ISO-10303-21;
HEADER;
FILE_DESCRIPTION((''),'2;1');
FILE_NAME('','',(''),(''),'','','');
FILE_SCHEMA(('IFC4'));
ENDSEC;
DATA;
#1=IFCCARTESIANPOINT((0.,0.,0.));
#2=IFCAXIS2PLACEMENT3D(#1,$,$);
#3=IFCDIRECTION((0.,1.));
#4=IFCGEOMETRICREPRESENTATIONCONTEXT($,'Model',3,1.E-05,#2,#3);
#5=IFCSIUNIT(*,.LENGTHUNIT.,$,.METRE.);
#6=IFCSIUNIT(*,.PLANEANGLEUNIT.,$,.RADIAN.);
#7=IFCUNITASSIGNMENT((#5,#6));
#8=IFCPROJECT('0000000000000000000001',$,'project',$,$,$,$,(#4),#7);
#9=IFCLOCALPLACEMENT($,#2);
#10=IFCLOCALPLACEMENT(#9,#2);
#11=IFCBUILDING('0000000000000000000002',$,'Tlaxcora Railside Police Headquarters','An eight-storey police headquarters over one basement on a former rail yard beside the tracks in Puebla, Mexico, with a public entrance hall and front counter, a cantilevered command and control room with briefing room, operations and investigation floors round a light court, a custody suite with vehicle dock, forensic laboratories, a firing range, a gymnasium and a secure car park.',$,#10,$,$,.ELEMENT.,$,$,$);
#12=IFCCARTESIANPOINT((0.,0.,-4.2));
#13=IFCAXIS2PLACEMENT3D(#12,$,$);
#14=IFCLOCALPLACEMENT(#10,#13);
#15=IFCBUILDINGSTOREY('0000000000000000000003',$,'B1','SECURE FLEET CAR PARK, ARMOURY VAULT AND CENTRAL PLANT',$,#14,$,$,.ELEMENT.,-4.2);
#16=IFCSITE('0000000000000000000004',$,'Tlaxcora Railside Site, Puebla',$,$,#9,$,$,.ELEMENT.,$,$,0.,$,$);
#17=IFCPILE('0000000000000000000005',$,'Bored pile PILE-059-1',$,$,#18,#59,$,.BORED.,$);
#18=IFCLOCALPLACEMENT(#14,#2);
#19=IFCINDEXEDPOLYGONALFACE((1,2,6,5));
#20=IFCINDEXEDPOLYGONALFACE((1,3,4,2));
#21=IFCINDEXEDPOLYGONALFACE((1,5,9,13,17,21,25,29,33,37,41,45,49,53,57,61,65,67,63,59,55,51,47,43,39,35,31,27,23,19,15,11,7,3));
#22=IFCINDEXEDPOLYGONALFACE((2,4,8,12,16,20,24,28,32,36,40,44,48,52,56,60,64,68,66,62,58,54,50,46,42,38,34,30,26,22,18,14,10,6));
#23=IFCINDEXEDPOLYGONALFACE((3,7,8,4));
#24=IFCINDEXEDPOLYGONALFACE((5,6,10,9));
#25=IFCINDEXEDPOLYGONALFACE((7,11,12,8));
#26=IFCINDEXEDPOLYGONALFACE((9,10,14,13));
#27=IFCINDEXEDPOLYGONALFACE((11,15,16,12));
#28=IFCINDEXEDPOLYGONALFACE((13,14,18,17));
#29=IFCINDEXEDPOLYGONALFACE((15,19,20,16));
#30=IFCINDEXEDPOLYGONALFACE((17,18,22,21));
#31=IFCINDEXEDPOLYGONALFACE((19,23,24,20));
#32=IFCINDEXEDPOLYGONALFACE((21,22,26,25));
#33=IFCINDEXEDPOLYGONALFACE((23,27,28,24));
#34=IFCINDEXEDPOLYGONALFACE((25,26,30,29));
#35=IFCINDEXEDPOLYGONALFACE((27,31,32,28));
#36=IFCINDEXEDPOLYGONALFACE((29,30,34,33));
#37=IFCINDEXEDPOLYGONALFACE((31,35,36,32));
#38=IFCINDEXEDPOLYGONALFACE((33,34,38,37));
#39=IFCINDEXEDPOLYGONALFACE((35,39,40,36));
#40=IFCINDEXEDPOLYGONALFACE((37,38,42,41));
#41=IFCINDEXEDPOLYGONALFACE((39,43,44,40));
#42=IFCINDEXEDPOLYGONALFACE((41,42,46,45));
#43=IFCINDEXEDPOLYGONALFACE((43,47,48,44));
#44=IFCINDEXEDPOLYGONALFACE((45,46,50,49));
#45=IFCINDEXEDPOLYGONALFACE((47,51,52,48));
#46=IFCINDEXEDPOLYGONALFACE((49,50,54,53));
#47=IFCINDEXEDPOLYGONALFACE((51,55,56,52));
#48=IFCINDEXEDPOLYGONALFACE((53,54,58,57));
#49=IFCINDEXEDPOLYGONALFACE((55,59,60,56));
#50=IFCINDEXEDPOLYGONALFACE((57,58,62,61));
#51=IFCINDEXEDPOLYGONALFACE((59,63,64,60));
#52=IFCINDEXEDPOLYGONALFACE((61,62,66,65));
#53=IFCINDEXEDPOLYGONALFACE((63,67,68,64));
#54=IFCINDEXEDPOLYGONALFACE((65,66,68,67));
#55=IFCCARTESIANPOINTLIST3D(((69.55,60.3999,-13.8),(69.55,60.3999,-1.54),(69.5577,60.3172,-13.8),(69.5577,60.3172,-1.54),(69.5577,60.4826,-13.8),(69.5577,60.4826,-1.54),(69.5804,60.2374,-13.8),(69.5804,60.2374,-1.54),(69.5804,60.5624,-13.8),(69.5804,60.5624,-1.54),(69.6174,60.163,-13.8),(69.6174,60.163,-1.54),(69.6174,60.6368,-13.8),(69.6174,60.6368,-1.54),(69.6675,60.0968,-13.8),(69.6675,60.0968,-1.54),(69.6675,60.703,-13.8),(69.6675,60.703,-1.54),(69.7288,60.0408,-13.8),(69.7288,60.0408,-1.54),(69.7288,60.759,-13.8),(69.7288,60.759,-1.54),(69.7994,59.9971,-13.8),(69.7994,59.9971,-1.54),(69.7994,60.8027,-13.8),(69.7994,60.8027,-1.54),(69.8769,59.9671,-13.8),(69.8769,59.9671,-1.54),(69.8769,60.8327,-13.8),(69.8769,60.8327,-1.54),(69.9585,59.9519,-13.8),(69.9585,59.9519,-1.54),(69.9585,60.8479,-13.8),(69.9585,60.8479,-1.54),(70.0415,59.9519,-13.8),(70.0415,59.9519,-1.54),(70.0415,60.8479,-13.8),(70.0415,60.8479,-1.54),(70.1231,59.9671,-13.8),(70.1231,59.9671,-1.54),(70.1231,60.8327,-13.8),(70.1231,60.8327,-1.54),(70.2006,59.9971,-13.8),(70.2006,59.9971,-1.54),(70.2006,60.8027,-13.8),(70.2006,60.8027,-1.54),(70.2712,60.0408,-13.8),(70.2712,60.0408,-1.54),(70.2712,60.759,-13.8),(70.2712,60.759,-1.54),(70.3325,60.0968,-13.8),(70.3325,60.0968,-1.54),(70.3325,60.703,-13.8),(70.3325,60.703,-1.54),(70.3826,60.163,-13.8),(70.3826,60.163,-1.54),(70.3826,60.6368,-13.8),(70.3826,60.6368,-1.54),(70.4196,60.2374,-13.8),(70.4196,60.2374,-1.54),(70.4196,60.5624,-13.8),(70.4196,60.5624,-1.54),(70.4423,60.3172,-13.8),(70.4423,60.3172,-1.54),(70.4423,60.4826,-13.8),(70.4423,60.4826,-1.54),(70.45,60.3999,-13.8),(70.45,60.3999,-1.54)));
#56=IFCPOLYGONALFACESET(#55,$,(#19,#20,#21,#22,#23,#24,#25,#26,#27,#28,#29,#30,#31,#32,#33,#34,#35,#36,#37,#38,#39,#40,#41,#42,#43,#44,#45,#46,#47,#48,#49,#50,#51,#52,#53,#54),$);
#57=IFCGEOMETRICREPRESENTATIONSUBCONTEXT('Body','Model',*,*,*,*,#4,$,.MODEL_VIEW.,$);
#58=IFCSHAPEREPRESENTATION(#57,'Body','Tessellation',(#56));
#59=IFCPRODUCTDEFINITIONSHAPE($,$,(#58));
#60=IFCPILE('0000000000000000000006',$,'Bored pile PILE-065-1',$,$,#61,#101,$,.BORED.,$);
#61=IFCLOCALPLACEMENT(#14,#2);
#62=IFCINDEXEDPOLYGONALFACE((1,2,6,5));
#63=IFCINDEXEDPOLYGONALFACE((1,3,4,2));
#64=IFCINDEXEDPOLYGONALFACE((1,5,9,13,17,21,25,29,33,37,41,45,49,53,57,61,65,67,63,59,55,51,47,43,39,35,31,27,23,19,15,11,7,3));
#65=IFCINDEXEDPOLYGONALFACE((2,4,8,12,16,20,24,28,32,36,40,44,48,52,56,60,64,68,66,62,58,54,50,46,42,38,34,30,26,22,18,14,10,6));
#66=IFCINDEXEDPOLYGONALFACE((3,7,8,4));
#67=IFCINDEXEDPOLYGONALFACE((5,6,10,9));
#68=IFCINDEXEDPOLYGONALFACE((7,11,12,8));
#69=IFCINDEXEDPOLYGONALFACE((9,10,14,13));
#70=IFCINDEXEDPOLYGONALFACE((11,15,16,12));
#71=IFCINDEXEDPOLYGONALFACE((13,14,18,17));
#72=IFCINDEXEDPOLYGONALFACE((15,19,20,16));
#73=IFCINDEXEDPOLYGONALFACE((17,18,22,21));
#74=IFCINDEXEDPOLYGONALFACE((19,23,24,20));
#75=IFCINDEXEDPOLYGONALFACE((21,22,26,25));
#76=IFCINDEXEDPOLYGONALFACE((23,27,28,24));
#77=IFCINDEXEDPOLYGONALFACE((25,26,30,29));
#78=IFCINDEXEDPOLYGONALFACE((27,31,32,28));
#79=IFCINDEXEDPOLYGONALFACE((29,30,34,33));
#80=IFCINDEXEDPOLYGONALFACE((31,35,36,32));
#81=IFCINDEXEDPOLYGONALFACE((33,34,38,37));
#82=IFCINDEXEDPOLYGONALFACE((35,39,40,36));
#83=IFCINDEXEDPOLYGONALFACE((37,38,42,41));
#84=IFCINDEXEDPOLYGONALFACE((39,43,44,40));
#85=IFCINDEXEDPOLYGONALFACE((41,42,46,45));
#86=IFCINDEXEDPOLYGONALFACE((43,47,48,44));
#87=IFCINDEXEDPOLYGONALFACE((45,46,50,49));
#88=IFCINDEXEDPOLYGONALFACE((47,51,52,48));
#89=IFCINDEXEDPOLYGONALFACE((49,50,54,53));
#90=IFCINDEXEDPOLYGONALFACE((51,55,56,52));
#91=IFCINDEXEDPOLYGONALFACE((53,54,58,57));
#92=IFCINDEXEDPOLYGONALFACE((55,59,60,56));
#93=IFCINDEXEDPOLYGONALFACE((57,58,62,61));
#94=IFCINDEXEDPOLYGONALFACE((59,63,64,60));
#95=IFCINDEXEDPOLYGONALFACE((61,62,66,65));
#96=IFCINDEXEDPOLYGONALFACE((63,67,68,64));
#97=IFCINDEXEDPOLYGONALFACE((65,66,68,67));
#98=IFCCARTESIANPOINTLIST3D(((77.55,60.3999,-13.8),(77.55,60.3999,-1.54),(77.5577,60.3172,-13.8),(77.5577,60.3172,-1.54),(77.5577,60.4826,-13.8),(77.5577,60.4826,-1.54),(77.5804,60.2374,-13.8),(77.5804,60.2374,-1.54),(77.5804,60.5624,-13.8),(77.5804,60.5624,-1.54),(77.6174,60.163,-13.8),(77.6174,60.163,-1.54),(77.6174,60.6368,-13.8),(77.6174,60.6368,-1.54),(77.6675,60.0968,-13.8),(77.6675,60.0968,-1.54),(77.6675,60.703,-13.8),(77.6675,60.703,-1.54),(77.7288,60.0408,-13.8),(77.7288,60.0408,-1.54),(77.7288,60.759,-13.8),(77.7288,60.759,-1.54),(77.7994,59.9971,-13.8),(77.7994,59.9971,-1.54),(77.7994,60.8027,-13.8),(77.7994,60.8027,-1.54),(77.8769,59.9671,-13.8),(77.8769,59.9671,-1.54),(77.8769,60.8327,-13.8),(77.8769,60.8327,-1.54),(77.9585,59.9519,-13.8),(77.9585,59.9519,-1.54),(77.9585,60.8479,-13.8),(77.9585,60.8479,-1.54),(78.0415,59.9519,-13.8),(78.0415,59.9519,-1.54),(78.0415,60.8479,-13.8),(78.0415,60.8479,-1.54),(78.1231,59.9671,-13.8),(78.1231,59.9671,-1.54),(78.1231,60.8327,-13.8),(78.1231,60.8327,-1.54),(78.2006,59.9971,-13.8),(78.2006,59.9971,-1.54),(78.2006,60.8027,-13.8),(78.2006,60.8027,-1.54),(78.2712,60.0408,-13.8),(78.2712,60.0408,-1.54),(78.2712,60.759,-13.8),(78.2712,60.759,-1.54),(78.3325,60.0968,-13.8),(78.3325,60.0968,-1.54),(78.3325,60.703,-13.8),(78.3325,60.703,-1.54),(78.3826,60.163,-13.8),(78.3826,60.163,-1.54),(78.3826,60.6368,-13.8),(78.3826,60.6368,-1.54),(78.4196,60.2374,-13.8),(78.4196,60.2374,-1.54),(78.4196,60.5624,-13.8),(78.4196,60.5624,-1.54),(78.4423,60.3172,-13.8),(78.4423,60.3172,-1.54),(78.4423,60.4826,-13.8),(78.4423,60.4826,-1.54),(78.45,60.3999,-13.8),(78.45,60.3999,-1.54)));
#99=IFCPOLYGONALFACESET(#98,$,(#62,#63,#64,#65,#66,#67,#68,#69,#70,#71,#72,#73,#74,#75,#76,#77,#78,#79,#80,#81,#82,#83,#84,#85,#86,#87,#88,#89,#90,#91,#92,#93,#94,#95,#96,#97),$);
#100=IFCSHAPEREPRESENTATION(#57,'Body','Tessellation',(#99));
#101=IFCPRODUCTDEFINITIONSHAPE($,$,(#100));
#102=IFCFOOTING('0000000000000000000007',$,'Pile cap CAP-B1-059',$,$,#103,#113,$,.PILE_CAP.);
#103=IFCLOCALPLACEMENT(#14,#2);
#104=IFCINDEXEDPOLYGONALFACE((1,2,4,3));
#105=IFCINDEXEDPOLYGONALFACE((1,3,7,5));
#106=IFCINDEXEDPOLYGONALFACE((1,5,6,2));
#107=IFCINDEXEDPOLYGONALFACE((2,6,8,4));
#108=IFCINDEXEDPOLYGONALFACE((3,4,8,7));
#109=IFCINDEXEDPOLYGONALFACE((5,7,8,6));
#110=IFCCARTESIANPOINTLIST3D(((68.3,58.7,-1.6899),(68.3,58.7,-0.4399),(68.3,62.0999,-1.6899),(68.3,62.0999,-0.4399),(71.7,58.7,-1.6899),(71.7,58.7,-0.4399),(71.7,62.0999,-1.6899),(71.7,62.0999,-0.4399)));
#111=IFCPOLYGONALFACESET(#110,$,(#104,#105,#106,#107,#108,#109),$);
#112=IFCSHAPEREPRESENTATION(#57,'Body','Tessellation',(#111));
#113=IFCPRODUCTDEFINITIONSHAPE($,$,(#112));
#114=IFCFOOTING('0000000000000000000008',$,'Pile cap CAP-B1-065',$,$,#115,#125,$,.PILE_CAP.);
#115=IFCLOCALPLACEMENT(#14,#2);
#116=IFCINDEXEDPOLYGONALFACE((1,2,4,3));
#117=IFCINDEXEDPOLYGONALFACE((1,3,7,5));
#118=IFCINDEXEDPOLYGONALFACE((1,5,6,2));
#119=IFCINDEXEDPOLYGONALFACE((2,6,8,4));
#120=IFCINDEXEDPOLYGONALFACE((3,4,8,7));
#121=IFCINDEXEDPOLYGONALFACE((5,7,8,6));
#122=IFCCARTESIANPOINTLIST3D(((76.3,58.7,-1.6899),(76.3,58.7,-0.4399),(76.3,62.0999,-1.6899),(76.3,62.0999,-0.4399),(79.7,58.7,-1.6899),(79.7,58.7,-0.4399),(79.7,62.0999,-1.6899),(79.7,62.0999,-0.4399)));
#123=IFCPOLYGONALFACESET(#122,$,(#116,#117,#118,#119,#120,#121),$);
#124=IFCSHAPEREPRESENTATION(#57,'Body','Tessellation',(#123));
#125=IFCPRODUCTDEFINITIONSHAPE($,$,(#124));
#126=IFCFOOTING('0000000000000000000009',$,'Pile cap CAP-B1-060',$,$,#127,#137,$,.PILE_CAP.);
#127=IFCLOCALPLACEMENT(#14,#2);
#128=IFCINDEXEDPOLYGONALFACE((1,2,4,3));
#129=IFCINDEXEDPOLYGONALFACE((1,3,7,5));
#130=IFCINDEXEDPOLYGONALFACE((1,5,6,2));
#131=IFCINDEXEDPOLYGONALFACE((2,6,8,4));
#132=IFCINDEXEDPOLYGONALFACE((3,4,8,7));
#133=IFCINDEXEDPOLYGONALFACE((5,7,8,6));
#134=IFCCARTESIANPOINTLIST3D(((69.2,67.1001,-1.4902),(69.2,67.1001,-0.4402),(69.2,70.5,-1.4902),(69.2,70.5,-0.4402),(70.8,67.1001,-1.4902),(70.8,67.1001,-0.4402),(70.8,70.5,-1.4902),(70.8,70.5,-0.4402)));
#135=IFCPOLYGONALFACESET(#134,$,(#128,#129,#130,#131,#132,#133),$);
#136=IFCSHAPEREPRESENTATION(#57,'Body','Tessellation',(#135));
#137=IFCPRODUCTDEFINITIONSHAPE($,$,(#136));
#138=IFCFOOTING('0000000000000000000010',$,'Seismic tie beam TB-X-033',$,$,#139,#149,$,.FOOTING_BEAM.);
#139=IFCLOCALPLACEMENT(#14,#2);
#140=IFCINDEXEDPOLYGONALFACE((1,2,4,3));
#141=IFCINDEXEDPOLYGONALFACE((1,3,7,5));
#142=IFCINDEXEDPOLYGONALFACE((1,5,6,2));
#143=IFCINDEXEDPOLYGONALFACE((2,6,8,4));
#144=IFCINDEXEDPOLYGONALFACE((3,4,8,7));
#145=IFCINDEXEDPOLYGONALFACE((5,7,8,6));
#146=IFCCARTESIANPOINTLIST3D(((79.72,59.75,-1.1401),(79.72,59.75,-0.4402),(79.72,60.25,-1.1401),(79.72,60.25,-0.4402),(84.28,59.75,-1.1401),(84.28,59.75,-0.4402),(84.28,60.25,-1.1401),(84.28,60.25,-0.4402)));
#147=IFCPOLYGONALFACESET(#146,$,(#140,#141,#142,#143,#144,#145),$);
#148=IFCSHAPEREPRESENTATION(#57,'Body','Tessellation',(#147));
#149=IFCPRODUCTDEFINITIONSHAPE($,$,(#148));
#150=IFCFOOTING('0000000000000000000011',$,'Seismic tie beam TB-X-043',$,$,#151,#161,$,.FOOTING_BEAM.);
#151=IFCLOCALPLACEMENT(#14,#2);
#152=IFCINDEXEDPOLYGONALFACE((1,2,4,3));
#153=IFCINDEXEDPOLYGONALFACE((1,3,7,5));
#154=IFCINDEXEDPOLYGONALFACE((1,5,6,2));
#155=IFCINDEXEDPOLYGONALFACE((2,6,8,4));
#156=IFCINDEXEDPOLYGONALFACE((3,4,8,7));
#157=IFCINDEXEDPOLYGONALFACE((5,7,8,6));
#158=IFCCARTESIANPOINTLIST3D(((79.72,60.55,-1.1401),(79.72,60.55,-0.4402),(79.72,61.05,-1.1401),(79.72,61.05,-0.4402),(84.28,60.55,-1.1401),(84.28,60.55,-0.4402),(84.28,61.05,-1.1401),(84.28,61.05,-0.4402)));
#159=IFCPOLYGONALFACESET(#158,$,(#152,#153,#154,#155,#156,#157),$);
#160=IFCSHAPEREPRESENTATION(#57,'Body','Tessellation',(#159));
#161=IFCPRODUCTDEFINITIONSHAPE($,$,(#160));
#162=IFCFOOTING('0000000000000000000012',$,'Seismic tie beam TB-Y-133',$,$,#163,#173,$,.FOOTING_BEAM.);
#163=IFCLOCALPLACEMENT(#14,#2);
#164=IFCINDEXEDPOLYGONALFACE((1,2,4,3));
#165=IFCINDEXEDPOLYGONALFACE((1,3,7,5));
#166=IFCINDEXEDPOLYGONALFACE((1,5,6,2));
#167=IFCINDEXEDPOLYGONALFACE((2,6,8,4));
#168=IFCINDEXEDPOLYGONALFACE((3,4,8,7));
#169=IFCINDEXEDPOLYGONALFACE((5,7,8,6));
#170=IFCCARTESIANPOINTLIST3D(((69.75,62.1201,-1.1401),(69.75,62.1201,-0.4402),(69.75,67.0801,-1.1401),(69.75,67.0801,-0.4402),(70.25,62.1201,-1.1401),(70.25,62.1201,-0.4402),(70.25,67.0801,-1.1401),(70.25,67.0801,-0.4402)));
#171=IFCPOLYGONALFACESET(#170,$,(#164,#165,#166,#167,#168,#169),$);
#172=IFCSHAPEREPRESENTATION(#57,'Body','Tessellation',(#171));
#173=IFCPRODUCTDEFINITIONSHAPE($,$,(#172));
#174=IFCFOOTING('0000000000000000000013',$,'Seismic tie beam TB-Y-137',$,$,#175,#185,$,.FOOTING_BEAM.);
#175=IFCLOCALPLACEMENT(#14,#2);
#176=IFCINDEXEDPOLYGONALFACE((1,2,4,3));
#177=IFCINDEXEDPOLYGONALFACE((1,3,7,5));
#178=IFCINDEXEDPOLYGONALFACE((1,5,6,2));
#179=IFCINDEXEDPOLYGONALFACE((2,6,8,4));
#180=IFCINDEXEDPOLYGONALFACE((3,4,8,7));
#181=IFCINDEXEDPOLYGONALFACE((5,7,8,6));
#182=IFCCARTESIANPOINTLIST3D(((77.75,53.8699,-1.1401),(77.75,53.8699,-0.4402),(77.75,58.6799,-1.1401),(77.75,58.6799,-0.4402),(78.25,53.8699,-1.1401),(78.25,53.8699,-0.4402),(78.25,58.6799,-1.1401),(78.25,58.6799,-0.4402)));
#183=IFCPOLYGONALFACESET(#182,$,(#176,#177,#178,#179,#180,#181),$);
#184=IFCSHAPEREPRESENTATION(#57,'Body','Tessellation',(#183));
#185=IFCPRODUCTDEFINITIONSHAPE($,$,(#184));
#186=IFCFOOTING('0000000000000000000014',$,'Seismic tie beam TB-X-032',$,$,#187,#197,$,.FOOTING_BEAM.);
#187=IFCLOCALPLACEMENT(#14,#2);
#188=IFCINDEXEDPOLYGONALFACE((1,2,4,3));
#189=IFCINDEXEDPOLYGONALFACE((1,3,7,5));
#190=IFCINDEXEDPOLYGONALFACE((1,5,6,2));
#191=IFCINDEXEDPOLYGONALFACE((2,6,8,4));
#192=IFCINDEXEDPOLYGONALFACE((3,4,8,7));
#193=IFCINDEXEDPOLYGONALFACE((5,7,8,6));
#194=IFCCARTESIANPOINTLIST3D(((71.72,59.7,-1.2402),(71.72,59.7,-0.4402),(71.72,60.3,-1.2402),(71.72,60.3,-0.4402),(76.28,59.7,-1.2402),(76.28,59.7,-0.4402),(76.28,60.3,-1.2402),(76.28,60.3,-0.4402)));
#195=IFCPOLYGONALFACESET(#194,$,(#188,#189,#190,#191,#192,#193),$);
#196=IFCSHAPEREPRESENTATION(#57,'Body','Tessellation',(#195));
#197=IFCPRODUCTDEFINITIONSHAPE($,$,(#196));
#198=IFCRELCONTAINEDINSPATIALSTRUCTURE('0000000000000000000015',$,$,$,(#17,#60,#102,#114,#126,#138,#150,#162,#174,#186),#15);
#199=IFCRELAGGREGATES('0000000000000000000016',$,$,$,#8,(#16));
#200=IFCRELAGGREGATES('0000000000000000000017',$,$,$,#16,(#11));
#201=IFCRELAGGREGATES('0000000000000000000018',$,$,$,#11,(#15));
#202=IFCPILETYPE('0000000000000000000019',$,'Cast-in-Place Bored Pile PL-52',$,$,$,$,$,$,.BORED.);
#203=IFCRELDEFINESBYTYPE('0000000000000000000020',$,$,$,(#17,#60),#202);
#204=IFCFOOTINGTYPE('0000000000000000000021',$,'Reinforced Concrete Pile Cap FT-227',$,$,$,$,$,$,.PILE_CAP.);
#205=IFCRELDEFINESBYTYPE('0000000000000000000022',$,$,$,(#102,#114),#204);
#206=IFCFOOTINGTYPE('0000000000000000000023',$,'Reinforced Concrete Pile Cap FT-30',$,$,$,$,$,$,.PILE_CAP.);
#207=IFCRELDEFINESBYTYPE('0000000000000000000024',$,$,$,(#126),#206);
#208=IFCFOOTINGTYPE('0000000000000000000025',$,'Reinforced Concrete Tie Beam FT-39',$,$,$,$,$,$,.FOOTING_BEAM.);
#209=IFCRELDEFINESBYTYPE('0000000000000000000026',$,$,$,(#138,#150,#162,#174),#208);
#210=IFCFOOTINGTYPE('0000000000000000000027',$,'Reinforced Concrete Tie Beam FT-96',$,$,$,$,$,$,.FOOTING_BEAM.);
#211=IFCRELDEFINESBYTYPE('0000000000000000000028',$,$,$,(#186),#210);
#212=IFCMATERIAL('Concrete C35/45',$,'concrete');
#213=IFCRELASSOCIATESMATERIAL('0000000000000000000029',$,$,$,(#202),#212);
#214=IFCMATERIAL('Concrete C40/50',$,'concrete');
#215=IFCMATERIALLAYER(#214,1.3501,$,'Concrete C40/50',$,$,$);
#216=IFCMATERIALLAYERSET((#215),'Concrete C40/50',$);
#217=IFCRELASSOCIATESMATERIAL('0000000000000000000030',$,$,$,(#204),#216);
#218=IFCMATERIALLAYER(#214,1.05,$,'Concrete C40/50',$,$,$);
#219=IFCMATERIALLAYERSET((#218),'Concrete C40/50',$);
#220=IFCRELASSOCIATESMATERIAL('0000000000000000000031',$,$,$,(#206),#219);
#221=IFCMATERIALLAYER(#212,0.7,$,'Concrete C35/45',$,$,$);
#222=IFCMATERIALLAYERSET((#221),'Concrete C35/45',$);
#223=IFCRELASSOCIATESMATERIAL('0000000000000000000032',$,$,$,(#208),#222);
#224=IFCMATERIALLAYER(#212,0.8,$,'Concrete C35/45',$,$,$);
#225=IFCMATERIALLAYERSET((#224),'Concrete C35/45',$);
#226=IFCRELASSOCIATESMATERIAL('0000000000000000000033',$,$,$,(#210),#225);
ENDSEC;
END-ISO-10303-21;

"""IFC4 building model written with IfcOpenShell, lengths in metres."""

from ifc_helpers import new_model, si_unit, direction, frame, origin, origin_2d, place, context, subcontext, project, spatial, rectangle, circle, extrude, material, layer, layer_set, material_profile, profile_set, type_object, element, save


model = new_model("IFC4")

# Units and contexts
model_context = context("Model", 3, precision=1e-05, world=origin(), true_north=direction((0.0, 1.0)))
body_context = subcontext(model_context, "Body", "Model", "MODEL_VIEW")
ifc_project = project(units=[si_unit("LENGTHUNIT", "METRE"), si_unit("PLANEANGLEUNIT", "RADIAN")], contexts=[model_context])

# Site, building, storey
site_placement = place(None, origin())
site = spatial("IfcSite", under=ifc_project, at=site_placement, Name="Tlaxcora Railside Site, Puebla", CompositionType="ELEMENT", RefElevation=0.0)
building_placement = place(site_placement, origin())
building = spatial("IfcBuilding", under=site, at=building_placement, Name="Tlaxcora Railside Police Headquarters", Description="An eight-storey police headquarters over one basement on a former rail yard beside the tracks in Puebla, Mexico, with a public entrance hall and front counter, a cantilevered command and control room with briefing room, operations and investigation floors round a light court, a custody suite with vehicle dock, forensic laboratories, a firing range, a gymnasium and a secure car park.", CompositionType="ELEMENT")
storey_placement = place(building_placement, frame((0.0, 0.0, -4.2)))
storey = spatial("IfcBuildingStorey", under=building, at=storey_placement, Name="B1", Description="SECURE FLEET CAR PARK, ARMOURY VAULT AND CENTRAL PLANT", CompositionType="ELEMENT", Elevation=-4.2)

# Piles
ifc_material_1 = material(Name="Concrete C35/45", Category="concrete")
ifc_material_profile_1 = material_profile(ifc_material_1, circle(Radius=0.45, at=origin_2d()), Name="PILE900")
ifc_profile_set_1 = profile_set([ifc_material_profile_1], Name="Concrete C35/45")
pile_type_1 = type_object("IfcPileType", Name="Cast-in-Place Bored Pile PL-52", PredefinedType="BORED", material=ifc_profile_set_1)
for number, where, z_axis, x_axis, name in (
    (1, (70.0, 60.3999, -1.54), (0.0, 0.0, -1.0), (1.0, 0.0, 0.0), "Bored pile PILE-059-1"),
    (2, (78.0, 60.3999, -1.54), (0.0, 0.0, -1.0), (1.0, 0.0, 0.0), "Bored pile PILE-065-1"),
):
    element("IfcPile", number, at=place(storey_placement, frame(where, z_axis=z_axis, x_axis=x_axis)), inside=storey, type_object=pile_type_1, Name=name, PredefinedType="BORED", context=body_context, shape_type="SweptSolid", body=[
        extrude(circle(Radius=0.45, at=origin_2d()), origin(), (0.0, 0.0, 1.0), 12.26),
    ])

# Footings
ifc_material_2 = material(Name="Concrete C40/50", Category="concrete")
ifc_layer_1 = layer(ifc_material_2, 1.3501, Name="Concrete C40/50")
ifc_layer_set_1 = layer_set([ifc_layer_1], Name="Concrete C40/50")
footing_type_1 = type_object("IfcFootingType", Name="Reinforced Concrete Pile Cap FT-227", PredefinedType="PILE_CAP", material=ifc_layer_set_1)
for number, where, z_axis, x_axis, name in (
    (3, (70.0, 60.3999, -1.6899), (0.0, 0.0, 1.0), (1.0, 0.0, 0.0), "Pile cap CAP-B1-059"),
    (4, (78.0, 60.3999, -1.6899), (0.0, 0.0, 1.0), (1.0, 0.0, 0.0), "Pile cap CAP-B1-065"),
):
    element("IfcFooting", number, at=place(storey_placement, frame(where, z_axis=z_axis, x_axis=x_axis)), inside=storey, type_object=footing_type_1, Name=name, PredefinedType="PILE_CAP", context=body_context, shape_type="SweptSolid", body=[
        extrude(rectangle(XDim=3.3999, YDim=3.3999, at=origin_2d()), origin(), (0.0, 0.0, 1.0), 1.25),
    ])
ifc_layer_2 = layer(ifc_material_2, 1.05, Name="Concrete C40/50")
ifc_layer_set_2 = layer_set([ifc_layer_2], Name="Concrete C40/50")
footing_type_2 = type_object("IfcFootingType", Name="Reinforced Concrete Pile Cap FT-30", PredefinedType="PILE_CAP", material=ifc_layer_set_2)
footing_1_placement = place(storey_placement, frame((70.0, 68.8, -1.4902), z_axis=(0.0, 0.0, 1.0), x_axis=(1.0, 0.0, 0.0)))
element("IfcFooting", 5, at=footing_1_placement, inside=storey, type_object=footing_type_2, Name="Pile cap CAP-B1-060", PredefinedType="PILE_CAP", context=body_context, shape_type="SweptSolid", body=[
    extrude(rectangle(XDim=1.6001, YDim=3.3999, at=origin_2d()), origin(), (0.0, 0.0, 1.0), 1.05),
])
ifc_layer_3 = layer(ifc_material_1, 0.7, Name="Concrete C35/45")
ifc_layer_set_3 = layer_set([ifc_layer_3], Name="Concrete C35/45")
footing_type_3 = type_object("IfcFootingType", Name="Reinforced Concrete Tie Beam FT-39", PredefinedType="FOOTING_BEAM", material=ifc_layer_set_3)
for number, where, z_axis, x_axis, name in (
    (6, (82.0, 60.0, -1.1401), (0.0, 0.0, 1.0), (1.0, 0.0, 0.0), "Seismic tie beam TB-X-033"),
    (7, (82.0, 60.8, -1.1401), (0.0, 0.0, 1.0), (1.0, 0.0, 0.0), "Seismic tie beam TB-X-043"),
):
    element("IfcFooting", number, at=place(storey_placement, frame(where, z_axis=z_axis, x_axis=x_axis)), inside=storey, type_object=footing_type_3, Name=name, PredefinedType="FOOTING_BEAM", context=body_context, shape_type="SweptSolid", body=[
        extrude(rectangle(XDim=4.5601, YDim=0.5, at=origin_2d()), origin(), (0.0, 0.0, 1.0), 0.7),
    ])
footing_2_placement = place(storey_placement, frame((70.0, 64.6001, -1.1401), z_axis=(0.0, 0.0, 1.0), x_axis=(0.0, 1.0, 0.0)))
element("IfcFooting", 8, at=footing_2_placement, inside=storey, type_object=footing_type_3, Name="Seismic tie beam TB-Y-133", PredefinedType="FOOTING_BEAM", context=body_context, shape_type="SweptSolid", body=[
    extrude(rectangle(XDim=4.96, YDim=0.5, at=origin_2d()), origin(), (0.0, 0.0, 1.0), 0.7),
])
footing_3_placement = place(storey_placement, frame((78.0, 56.2749, -1.1401), z_axis=(0.0, 0.0, 1.0), x_axis=(0.0, 1.0, 0.0)))
element("IfcFooting", 9, at=footing_3_placement, inside=storey, type_object=footing_type_3, Name="Seismic tie beam TB-Y-137", PredefinedType="FOOTING_BEAM", context=body_context, shape_type="SweptSolid", body=[
    extrude(rectangle(XDim=4.8101, YDim=0.5, at=origin_2d()), origin(), (0.0, 0.0, 1.0), 0.7),
])
ifc_layer_4 = layer(ifc_material_1, 0.8, Name="Concrete C35/45")
ifc_layer_set_4 = layer_set([ifc_layer_4], Name="Concrete C35/45")
footing_type_4 = type_object("IfcFootingType", Name="Reinforced Concrete Tie Beam FT-96", PredefinedType="FOOTING_BEAM", material=ifc_layer_set_4)
for number, where, z_axis, x_axis, name in (
    (10, (74.0, 60.0, -1.2402), (0.0, 0.0, 1.0), (1.0, 0.0, 0.0), "Seismic tie beam TB-X-032"),
):
    element("IfcFooting", number, at=place(storey_placement, frame(where, z_axis=z_axis, x_axis=x_axis)), inside=storey, type_object=footing_type_4, Name=name, PredefinedType="FOOTING_BEAM", context=body_context, shape_type="SweptSolid", body=[
        extrude(rectangle(XDim=4.5601, YDim=0.6001, at=origin_2d()), origin(), (0.0, 0.0, 1.0), 0.8),
    ])

save(model, "model.ifc")
